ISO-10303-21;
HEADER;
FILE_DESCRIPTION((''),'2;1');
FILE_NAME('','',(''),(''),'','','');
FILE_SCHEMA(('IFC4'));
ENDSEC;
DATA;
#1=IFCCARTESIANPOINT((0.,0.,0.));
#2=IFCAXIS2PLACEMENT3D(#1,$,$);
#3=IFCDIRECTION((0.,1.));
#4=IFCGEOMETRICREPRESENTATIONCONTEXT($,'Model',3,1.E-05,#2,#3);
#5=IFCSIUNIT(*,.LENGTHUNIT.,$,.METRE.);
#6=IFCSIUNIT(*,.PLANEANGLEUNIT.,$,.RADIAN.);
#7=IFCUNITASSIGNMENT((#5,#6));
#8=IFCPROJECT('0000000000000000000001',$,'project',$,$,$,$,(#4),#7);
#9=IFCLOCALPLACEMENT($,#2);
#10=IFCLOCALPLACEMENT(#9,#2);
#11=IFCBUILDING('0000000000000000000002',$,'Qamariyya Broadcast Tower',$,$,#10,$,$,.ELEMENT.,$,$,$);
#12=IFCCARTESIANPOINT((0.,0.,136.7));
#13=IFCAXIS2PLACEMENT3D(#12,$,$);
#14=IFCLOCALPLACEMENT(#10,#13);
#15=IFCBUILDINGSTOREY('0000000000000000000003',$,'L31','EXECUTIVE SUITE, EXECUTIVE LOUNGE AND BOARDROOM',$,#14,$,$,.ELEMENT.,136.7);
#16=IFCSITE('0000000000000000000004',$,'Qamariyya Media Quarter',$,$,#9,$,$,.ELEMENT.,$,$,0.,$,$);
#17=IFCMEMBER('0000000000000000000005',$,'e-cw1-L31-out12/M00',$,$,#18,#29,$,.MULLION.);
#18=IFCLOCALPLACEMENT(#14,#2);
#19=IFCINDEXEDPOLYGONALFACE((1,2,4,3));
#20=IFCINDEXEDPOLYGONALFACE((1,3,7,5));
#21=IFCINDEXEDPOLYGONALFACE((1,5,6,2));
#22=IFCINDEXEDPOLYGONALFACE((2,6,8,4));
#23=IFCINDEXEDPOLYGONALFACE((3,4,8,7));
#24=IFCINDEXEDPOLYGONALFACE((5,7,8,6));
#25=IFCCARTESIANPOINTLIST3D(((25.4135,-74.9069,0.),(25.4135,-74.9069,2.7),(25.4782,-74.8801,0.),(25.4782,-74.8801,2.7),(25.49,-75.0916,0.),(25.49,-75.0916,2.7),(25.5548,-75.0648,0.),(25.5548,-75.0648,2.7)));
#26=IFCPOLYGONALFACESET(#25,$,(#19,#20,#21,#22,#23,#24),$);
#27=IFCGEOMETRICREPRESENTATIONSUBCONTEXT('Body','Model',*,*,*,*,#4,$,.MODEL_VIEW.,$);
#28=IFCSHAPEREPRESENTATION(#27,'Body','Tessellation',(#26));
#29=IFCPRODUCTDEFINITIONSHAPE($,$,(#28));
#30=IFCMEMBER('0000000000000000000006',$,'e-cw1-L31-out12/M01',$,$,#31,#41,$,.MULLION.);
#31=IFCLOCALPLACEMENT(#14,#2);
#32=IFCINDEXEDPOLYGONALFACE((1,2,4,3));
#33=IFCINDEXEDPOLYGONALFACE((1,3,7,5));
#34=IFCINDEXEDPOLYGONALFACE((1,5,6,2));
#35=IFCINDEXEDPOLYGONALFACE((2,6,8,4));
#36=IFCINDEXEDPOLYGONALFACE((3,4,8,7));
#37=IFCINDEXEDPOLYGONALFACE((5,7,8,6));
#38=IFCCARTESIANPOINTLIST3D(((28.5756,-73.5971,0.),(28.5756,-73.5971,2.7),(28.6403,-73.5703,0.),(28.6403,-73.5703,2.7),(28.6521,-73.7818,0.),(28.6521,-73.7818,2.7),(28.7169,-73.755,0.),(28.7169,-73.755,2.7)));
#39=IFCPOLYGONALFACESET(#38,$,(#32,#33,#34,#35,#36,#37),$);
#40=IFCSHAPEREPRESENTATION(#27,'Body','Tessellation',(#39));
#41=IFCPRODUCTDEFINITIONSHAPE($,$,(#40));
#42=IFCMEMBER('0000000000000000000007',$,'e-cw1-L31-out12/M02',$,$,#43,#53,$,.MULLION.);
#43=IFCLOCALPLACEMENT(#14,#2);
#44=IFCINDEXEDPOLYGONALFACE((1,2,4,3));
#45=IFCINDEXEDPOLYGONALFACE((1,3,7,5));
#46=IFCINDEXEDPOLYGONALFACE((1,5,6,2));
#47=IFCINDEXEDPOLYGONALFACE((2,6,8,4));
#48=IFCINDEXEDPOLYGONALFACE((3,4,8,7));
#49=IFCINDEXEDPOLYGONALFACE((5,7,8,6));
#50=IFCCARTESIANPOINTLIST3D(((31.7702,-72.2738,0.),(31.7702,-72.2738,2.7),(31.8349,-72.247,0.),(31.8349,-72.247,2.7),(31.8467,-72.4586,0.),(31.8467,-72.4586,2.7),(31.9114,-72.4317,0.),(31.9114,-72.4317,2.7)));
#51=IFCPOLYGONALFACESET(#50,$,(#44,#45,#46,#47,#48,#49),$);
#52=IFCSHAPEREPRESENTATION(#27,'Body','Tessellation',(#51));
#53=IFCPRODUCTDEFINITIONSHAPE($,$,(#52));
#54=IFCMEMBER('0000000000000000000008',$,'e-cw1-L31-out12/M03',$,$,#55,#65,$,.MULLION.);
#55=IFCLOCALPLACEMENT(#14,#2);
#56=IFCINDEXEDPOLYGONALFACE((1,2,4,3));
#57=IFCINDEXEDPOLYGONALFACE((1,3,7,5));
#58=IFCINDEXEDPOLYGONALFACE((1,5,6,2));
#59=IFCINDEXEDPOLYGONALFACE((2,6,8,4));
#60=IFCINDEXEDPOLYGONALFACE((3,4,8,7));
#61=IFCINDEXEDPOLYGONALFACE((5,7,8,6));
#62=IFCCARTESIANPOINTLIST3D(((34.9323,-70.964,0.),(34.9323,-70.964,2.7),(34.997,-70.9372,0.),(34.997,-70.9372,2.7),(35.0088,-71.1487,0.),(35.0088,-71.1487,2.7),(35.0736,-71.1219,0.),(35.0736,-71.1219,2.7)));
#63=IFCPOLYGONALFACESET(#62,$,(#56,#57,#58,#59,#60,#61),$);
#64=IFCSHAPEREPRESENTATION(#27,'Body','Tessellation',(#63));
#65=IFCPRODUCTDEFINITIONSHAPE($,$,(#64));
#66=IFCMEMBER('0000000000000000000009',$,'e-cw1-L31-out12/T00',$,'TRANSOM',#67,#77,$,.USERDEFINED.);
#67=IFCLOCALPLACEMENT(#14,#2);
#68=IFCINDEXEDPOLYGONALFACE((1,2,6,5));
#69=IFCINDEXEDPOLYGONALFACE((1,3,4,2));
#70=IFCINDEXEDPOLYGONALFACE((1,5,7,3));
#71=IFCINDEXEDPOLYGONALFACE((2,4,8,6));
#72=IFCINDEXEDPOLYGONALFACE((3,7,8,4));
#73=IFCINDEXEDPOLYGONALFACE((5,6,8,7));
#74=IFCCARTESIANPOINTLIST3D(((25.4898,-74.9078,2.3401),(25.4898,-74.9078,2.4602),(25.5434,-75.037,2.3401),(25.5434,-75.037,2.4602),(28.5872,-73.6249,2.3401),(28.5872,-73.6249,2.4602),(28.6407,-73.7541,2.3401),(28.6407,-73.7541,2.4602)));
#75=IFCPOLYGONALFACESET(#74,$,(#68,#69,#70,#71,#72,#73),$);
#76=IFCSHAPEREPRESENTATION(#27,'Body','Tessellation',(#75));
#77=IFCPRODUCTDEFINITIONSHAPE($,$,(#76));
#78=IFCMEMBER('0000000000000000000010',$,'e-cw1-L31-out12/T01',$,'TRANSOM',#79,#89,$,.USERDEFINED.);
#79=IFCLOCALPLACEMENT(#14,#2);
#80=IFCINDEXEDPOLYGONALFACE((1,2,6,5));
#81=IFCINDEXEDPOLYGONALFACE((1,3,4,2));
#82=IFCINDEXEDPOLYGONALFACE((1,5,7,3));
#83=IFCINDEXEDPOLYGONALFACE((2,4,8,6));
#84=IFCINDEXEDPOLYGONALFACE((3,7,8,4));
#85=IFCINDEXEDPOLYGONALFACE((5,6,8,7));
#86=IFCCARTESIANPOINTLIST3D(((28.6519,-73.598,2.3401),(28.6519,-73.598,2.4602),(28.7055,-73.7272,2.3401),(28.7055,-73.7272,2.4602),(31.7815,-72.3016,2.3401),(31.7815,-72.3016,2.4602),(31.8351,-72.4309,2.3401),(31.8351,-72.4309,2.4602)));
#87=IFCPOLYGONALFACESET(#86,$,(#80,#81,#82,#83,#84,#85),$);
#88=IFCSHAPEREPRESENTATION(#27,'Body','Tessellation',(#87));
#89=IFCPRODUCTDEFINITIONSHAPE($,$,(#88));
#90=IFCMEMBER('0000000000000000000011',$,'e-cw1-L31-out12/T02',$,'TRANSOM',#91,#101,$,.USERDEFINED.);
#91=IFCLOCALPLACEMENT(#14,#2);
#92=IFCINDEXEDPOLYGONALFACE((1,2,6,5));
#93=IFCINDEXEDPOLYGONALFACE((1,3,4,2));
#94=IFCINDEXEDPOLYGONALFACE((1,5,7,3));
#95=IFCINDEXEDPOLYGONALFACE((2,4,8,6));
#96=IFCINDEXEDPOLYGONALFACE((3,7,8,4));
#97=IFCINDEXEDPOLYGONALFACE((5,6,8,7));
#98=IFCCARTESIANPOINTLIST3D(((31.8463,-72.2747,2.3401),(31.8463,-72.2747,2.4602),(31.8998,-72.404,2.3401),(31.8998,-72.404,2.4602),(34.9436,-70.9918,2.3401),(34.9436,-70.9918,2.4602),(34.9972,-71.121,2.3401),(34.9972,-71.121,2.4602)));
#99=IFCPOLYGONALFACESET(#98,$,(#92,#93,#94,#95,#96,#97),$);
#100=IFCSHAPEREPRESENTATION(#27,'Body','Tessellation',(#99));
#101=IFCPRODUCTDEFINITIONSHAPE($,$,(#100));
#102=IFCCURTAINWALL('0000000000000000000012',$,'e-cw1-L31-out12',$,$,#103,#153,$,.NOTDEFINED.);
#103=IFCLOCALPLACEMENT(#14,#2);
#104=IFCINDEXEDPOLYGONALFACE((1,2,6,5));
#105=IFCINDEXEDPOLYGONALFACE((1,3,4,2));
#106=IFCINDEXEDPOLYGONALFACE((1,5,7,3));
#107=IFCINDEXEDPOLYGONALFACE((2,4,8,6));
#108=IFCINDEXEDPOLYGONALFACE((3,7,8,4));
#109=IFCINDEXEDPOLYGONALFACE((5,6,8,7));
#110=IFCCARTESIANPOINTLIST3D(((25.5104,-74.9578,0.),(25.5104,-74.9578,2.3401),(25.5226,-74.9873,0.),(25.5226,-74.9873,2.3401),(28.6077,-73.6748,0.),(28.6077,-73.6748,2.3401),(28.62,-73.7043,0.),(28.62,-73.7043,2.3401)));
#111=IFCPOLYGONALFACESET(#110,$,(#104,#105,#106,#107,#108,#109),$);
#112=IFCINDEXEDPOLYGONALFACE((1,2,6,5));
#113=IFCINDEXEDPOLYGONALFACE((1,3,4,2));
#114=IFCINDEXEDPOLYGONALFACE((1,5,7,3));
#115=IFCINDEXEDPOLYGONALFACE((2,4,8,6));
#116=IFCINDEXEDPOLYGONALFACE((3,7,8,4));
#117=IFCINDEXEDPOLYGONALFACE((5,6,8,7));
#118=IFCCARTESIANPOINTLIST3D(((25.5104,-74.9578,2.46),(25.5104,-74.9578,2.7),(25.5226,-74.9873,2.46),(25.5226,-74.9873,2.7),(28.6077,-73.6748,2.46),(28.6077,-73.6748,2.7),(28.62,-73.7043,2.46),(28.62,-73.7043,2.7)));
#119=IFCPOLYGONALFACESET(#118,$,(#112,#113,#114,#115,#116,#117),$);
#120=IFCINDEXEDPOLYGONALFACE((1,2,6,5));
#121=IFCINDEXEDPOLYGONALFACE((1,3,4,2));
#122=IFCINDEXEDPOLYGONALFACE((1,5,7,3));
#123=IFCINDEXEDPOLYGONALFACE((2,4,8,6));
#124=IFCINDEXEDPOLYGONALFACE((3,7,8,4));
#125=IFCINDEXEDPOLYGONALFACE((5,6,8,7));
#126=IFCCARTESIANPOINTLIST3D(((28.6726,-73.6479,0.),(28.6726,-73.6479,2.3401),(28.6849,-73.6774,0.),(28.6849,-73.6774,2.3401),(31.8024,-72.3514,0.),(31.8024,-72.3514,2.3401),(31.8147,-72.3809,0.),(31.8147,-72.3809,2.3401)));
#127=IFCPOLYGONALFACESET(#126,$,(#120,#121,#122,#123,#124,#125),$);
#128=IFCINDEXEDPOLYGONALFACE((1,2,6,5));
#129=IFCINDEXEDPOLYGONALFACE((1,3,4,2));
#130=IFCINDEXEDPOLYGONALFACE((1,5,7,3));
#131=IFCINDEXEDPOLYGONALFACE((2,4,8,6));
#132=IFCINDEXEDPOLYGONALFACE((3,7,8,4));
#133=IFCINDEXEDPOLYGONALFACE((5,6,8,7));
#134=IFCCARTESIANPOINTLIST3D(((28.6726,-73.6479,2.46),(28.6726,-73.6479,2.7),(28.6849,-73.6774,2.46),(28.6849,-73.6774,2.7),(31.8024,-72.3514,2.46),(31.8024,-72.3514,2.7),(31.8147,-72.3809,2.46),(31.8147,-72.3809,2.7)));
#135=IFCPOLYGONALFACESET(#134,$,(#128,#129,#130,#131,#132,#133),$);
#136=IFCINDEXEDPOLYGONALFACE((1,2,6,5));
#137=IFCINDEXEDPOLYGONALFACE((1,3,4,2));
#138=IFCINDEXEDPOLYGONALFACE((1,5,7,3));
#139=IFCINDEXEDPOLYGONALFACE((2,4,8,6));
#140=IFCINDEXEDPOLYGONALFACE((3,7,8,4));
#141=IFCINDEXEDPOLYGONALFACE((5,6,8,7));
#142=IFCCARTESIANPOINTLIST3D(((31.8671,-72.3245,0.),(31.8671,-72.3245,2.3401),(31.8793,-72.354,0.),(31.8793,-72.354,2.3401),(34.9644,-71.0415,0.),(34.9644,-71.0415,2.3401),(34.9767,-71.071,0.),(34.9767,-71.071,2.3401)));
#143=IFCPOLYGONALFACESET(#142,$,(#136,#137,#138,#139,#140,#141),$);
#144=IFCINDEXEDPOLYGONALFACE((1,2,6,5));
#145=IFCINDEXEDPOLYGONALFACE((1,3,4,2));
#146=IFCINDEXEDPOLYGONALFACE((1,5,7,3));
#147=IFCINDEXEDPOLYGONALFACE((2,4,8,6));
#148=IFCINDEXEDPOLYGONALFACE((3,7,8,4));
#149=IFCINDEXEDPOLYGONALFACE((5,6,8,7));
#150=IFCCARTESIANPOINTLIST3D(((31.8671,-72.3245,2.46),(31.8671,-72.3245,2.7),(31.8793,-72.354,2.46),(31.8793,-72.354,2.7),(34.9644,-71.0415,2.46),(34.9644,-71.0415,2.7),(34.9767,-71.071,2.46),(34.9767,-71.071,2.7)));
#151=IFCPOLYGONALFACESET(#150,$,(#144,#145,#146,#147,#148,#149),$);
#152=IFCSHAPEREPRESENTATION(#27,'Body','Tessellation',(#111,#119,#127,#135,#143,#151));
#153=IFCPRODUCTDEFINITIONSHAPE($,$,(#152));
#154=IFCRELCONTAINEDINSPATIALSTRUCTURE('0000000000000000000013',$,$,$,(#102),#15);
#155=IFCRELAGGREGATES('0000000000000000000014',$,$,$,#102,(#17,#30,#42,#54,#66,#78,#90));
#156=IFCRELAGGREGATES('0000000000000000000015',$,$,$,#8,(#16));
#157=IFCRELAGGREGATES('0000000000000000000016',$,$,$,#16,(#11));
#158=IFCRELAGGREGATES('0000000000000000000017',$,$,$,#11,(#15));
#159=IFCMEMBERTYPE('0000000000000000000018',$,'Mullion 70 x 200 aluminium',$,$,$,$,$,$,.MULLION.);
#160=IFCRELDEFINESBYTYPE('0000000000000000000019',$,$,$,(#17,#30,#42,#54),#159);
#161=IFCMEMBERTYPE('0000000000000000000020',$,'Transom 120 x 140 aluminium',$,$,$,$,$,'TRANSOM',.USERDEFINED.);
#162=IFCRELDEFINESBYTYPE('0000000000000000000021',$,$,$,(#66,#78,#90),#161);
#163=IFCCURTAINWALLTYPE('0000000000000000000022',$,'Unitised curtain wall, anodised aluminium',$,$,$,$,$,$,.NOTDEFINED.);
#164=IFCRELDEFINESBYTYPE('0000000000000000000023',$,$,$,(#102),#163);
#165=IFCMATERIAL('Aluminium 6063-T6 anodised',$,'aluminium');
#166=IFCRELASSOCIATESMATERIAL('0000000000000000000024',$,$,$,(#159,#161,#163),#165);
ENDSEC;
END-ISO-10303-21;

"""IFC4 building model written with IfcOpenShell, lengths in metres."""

from ifc_helpers import new_model, si_unit, direction, frame, origin, origin_2d, place, context, subcontext, project, spatial, rectangle, extrude, material, material_profile, profile_set, type_object, element, aggregate, save


model = new_model("IFC4")

# Units and contexts
model_context = context("Model", 3, precision=1e-05, world=origin(), true_north=direction((0.0, 1.0)))
body_context = subcontext(model_context, "Body", "Model", "MODEL_VIEW")
ifc_project = project(units=[si_unit("LENGTHUNIT", "METRE"), si_unit("PLANEANGLEUNIT", "RADIAN")], contexts=[model_context])

# Members
ifc_material = material(Name="Aluminium 6063-T6 anodised", Category="aluminium")
ifc_material_profile_1 = material_profile(ifc_material, rectangle(XDim=0.2, YDim=0.0701, at=origin_2d()))
ifc_profile_set_1 = profile_set([ifc_material_profile_1], Name="Aluminium 6063-T6 anodised")
member_type_1 = type_object("IfcMemberType", Name="Mullion 70 x 200 aluminium", PredefinedType="MULLION", material=ifc_profile_set_1)
site_placement = place(None, origin())
building_placement = place(site_placement, origin())
storey_placement = place(building_placement, frame((0.0, 0.0, 136.7)))
member_1_placement = place(storey_placement, frame((25.4841, -74.9858, 0.0), z_axis=(0.0, 0.0, 1.0), x_axis=(-0.382683, 0.92388, 0.0)))
member_1 = element("IfcMember", 1, at=member_1_placement, type_object=member_type_1, Name="e-cw1-L31-out12/M00", PredefinedType="MULLION", context=body_context, shape_type="SweptSolid", body=[
    extrude(rectangle(XDim=0.2, YDim=0.0701, at=origin_2d()), origin(), (0.0, 0.0, 1.0), 2.7),
])
member_2_placement = place(storey_placement, frame((28.6462, -73.676, 0.0), z_axis=(0.0, 0.0, 1.0), x_axis=(-0.382683, 0.92388, 0.0)))
member_2 = element("IfcMember", 2, at=member_2_placement, type_object=member_type_1, Name="e-cw1-L31-out12/M01", PredefinedType="MULLION", context=body_context, shape_type="SweptSolid", body=[
    extrude(rectangle(XDim=0.2, YDim=0.0701, at=origin_2d()), origin(), (0.0, 0.0, 1.0), 2.7),
])
member_3_placement = place(storey_placement, frame((31.8408, -72.3528, 0.0), z_axis=(0.0, 0.0, 1.0), x_axis=(-0.382683, 0.92388, 0.0)))
member_3 = element("IfcMember", 3, at=member_3_placement, type_object=member_type_1, Name="e-cw1-L31-out12/M02", PredefinedType="MULLION", context=body_context, shape_type="SweptSolid", body=[
    extrude(rectangle(XDim=0.2, YDim=0.0701, at=origin_2d()), origin(), (0.0, 0.0, 1.0), 2.7),
])
member_4_placement = place(storey_placement, frame((35.0029, -71.043, 0.0), z_axis=(0.0, 0.0, 1.0), x_axis=(-0.382683, 0.92388, 0.0)))
member_4 = element("IfcMember", 4, at=member_4_placement, type_object=member_type_1, Name="e-cw1-L31-out12/M03", PredefinedType="MULLION", context=body_context, shape_type="SweptSolid", body=[
    extrude(rectangle(XDim=0.2, YDim=0.0701, at=origin_2d()), origin(), (0.0, 0.0, 1.0), 2.7),
])
ifc_material_profile_2 = material_profile(ifc_material, rectangle(XDim=0.1399, YDim=0.1201, at=origin_2d()))
ifc_profile_set_2 = profile_set([ifc_material_profile_2], Name="Aluminium 6063-T6 anodised")
member_type_2 = type_object("IfcMemberType", Name="Transom 120 x 140 aluminium", ElementType="TRANSOM", PredefinedType="USERDEFINED", material=ifc_profile_set_2)
member_5_placement = place(storey_placement, frame((25.5166, -74.9724, 2.4001), z_axis=(0.923883, 0.382676, 0.0), x_axis=(-0.382676, 0.923883, 0.0)))
member_5 = element("IfcMember", 5, at=member_5_placement, type_object=member_type_2, Name="e-cw1-L31-out12/T00", ObjectType="TRANSOM", PredefinedType="USERDEFINED", context=body_context, shape_type="SweptSolid", body=[
    extrude(rectangle(XDim=0.1399, YDim=0.1201, at=origin_2d()), origin(), (0.0, 0.0, 1.0), 3.3525),
])
member_6_placement = place(storey_placement, frame((28.6787, -73.6626, 2.4001), z_axis=(0.923875, 0.382696, 0.0), x_axis=(-0.382696, 0.923875, 0.0)))
member_6 = element("IfcMember", 6, at=member_6_placement, type_object=member_type_2, Name="e-cw1-L31-out12/T01", ObjectType="TRANSOM", PredefinedType="USERDEFINED", context=body_context, shape_type="SweptSolid", body=[
    extrude(rectangle(XDim=0.1399, YDim=0.1201, at=origin_2d()), origin(), (0.0, 0.0, 1.0), 3.3875),
])
member_7_placement = place(storey_placement, frame((31.873, -72.3394, 2.4001), z_axis=(0.923883, 0.382676, 0.0), x_axis=(-0.382676, 0.923883, 0.0)))
member_7 = element("IfcMember", 7, at=member_7_placement, type_object=member_type_2, Name="e-cw1-L31-out12/T02", ObjectType="TRANSOM", PredefinedType="USERDEFINED", context=body_context, shape_type="SweptSolid", body=[
    extrude(rectangle(XDim=0.1399, YDim=0.1201, at=origin_2d()), origin(), (0.0, 0.0, 1.0), 3.3525),
])

# Site, building, storey
site = spatial("IfcSite", under=ifc_project, at=site_placement, Name="Qamariyya Media Quarter", CompositionType="ELEMENT", RefElevation=0.0)
building = spatial("IfcBuilding", under=site, at=building_placement, Name="Qamariyya Broadcast Tower", CompositionType="ELEMENT")
storey = spatial("IfcBuildingStorey", under=building, at=storey_placement, Name="L31", Description="EXECUTIVE SUITE, EXECUTIVE LOUNGE AND BOARDROOM", CompositionType="ELEMENT", Elevation=136.7)

# Curtain wall
curtain_wall_type = type_object("IfcCurtainWallType", Name="Unitised curtain wall, anodised aluminium", PredefinedType="NOTDEFINED", material=ifc_material)
curtain_wall_1_placement = place(storey_placement, origin())
curtain_wall_1 = element("IfcCurtainWall", 8, at=curtain_wall_1_placement, inside=storey, type_object=curtain_wall_type, Name="e-cw1-L31-out12", PredefinedType="NOTDEFINED", context=body_context, shape_type="SweptSolid", body=[
    extrude(rectangle(XDim=3.3525, YDim=0.032, at=origin_2d()), frame((27.0652, -74.3311, 0.0), x_axis=(0.923872, 0.382701, 0.0)), (0.0, 0.0, 1.0), 2.3401),
    extrude(rectangle(XDim=3.3525, YDim=0.032, at=origin_2d()), frame((27.0652, -74.3311, 2.46), x_axis=(0.923872, 0.382701, 0.0)), (0.0, 0.0, 1.0), 0.24),
    extrude(rectangle(XDim=3.3877, YDim=0.032, at=origin_2d()), frame((30.2437, -73.0144, 0.0), x_axis=(0.923872, 0.382701, 0.0)), (0.0, 0.0, 1.0), 2.3401),
    extrude(rectangle(XDim=3.3877, YDim=0.032, at=origin_2d()), frame((30.2437, -73.0144, 2.46), x_axis=(0.923872, 0.382701, 0.0)), (0.0, 0.0, 1.0), 0.24),
    extrude(rectangle(XDim=3.3525, YDim=0.032, at=origin_2d()), frame((33.4219, -71.6978, 0.0), x_axis=(0.923872, 0.382701, 0.0)), (0.0, 0.0, 1.0), 2.3401),
    extrude(rectangle(XDim=3.3525, YDim=0.032, at=origin_2d()), frame((33.4219, -71.6978, 2.46), x_axis=(0.923872, 0.382701, 0.0)), (0.0, 0.0, 1.0), 0.24),
])
aggregate(curtain_wall_1, [member_1, member_2, member_3, member_4, member_5, member_6, member_7])

save(model, "model.ifc")
